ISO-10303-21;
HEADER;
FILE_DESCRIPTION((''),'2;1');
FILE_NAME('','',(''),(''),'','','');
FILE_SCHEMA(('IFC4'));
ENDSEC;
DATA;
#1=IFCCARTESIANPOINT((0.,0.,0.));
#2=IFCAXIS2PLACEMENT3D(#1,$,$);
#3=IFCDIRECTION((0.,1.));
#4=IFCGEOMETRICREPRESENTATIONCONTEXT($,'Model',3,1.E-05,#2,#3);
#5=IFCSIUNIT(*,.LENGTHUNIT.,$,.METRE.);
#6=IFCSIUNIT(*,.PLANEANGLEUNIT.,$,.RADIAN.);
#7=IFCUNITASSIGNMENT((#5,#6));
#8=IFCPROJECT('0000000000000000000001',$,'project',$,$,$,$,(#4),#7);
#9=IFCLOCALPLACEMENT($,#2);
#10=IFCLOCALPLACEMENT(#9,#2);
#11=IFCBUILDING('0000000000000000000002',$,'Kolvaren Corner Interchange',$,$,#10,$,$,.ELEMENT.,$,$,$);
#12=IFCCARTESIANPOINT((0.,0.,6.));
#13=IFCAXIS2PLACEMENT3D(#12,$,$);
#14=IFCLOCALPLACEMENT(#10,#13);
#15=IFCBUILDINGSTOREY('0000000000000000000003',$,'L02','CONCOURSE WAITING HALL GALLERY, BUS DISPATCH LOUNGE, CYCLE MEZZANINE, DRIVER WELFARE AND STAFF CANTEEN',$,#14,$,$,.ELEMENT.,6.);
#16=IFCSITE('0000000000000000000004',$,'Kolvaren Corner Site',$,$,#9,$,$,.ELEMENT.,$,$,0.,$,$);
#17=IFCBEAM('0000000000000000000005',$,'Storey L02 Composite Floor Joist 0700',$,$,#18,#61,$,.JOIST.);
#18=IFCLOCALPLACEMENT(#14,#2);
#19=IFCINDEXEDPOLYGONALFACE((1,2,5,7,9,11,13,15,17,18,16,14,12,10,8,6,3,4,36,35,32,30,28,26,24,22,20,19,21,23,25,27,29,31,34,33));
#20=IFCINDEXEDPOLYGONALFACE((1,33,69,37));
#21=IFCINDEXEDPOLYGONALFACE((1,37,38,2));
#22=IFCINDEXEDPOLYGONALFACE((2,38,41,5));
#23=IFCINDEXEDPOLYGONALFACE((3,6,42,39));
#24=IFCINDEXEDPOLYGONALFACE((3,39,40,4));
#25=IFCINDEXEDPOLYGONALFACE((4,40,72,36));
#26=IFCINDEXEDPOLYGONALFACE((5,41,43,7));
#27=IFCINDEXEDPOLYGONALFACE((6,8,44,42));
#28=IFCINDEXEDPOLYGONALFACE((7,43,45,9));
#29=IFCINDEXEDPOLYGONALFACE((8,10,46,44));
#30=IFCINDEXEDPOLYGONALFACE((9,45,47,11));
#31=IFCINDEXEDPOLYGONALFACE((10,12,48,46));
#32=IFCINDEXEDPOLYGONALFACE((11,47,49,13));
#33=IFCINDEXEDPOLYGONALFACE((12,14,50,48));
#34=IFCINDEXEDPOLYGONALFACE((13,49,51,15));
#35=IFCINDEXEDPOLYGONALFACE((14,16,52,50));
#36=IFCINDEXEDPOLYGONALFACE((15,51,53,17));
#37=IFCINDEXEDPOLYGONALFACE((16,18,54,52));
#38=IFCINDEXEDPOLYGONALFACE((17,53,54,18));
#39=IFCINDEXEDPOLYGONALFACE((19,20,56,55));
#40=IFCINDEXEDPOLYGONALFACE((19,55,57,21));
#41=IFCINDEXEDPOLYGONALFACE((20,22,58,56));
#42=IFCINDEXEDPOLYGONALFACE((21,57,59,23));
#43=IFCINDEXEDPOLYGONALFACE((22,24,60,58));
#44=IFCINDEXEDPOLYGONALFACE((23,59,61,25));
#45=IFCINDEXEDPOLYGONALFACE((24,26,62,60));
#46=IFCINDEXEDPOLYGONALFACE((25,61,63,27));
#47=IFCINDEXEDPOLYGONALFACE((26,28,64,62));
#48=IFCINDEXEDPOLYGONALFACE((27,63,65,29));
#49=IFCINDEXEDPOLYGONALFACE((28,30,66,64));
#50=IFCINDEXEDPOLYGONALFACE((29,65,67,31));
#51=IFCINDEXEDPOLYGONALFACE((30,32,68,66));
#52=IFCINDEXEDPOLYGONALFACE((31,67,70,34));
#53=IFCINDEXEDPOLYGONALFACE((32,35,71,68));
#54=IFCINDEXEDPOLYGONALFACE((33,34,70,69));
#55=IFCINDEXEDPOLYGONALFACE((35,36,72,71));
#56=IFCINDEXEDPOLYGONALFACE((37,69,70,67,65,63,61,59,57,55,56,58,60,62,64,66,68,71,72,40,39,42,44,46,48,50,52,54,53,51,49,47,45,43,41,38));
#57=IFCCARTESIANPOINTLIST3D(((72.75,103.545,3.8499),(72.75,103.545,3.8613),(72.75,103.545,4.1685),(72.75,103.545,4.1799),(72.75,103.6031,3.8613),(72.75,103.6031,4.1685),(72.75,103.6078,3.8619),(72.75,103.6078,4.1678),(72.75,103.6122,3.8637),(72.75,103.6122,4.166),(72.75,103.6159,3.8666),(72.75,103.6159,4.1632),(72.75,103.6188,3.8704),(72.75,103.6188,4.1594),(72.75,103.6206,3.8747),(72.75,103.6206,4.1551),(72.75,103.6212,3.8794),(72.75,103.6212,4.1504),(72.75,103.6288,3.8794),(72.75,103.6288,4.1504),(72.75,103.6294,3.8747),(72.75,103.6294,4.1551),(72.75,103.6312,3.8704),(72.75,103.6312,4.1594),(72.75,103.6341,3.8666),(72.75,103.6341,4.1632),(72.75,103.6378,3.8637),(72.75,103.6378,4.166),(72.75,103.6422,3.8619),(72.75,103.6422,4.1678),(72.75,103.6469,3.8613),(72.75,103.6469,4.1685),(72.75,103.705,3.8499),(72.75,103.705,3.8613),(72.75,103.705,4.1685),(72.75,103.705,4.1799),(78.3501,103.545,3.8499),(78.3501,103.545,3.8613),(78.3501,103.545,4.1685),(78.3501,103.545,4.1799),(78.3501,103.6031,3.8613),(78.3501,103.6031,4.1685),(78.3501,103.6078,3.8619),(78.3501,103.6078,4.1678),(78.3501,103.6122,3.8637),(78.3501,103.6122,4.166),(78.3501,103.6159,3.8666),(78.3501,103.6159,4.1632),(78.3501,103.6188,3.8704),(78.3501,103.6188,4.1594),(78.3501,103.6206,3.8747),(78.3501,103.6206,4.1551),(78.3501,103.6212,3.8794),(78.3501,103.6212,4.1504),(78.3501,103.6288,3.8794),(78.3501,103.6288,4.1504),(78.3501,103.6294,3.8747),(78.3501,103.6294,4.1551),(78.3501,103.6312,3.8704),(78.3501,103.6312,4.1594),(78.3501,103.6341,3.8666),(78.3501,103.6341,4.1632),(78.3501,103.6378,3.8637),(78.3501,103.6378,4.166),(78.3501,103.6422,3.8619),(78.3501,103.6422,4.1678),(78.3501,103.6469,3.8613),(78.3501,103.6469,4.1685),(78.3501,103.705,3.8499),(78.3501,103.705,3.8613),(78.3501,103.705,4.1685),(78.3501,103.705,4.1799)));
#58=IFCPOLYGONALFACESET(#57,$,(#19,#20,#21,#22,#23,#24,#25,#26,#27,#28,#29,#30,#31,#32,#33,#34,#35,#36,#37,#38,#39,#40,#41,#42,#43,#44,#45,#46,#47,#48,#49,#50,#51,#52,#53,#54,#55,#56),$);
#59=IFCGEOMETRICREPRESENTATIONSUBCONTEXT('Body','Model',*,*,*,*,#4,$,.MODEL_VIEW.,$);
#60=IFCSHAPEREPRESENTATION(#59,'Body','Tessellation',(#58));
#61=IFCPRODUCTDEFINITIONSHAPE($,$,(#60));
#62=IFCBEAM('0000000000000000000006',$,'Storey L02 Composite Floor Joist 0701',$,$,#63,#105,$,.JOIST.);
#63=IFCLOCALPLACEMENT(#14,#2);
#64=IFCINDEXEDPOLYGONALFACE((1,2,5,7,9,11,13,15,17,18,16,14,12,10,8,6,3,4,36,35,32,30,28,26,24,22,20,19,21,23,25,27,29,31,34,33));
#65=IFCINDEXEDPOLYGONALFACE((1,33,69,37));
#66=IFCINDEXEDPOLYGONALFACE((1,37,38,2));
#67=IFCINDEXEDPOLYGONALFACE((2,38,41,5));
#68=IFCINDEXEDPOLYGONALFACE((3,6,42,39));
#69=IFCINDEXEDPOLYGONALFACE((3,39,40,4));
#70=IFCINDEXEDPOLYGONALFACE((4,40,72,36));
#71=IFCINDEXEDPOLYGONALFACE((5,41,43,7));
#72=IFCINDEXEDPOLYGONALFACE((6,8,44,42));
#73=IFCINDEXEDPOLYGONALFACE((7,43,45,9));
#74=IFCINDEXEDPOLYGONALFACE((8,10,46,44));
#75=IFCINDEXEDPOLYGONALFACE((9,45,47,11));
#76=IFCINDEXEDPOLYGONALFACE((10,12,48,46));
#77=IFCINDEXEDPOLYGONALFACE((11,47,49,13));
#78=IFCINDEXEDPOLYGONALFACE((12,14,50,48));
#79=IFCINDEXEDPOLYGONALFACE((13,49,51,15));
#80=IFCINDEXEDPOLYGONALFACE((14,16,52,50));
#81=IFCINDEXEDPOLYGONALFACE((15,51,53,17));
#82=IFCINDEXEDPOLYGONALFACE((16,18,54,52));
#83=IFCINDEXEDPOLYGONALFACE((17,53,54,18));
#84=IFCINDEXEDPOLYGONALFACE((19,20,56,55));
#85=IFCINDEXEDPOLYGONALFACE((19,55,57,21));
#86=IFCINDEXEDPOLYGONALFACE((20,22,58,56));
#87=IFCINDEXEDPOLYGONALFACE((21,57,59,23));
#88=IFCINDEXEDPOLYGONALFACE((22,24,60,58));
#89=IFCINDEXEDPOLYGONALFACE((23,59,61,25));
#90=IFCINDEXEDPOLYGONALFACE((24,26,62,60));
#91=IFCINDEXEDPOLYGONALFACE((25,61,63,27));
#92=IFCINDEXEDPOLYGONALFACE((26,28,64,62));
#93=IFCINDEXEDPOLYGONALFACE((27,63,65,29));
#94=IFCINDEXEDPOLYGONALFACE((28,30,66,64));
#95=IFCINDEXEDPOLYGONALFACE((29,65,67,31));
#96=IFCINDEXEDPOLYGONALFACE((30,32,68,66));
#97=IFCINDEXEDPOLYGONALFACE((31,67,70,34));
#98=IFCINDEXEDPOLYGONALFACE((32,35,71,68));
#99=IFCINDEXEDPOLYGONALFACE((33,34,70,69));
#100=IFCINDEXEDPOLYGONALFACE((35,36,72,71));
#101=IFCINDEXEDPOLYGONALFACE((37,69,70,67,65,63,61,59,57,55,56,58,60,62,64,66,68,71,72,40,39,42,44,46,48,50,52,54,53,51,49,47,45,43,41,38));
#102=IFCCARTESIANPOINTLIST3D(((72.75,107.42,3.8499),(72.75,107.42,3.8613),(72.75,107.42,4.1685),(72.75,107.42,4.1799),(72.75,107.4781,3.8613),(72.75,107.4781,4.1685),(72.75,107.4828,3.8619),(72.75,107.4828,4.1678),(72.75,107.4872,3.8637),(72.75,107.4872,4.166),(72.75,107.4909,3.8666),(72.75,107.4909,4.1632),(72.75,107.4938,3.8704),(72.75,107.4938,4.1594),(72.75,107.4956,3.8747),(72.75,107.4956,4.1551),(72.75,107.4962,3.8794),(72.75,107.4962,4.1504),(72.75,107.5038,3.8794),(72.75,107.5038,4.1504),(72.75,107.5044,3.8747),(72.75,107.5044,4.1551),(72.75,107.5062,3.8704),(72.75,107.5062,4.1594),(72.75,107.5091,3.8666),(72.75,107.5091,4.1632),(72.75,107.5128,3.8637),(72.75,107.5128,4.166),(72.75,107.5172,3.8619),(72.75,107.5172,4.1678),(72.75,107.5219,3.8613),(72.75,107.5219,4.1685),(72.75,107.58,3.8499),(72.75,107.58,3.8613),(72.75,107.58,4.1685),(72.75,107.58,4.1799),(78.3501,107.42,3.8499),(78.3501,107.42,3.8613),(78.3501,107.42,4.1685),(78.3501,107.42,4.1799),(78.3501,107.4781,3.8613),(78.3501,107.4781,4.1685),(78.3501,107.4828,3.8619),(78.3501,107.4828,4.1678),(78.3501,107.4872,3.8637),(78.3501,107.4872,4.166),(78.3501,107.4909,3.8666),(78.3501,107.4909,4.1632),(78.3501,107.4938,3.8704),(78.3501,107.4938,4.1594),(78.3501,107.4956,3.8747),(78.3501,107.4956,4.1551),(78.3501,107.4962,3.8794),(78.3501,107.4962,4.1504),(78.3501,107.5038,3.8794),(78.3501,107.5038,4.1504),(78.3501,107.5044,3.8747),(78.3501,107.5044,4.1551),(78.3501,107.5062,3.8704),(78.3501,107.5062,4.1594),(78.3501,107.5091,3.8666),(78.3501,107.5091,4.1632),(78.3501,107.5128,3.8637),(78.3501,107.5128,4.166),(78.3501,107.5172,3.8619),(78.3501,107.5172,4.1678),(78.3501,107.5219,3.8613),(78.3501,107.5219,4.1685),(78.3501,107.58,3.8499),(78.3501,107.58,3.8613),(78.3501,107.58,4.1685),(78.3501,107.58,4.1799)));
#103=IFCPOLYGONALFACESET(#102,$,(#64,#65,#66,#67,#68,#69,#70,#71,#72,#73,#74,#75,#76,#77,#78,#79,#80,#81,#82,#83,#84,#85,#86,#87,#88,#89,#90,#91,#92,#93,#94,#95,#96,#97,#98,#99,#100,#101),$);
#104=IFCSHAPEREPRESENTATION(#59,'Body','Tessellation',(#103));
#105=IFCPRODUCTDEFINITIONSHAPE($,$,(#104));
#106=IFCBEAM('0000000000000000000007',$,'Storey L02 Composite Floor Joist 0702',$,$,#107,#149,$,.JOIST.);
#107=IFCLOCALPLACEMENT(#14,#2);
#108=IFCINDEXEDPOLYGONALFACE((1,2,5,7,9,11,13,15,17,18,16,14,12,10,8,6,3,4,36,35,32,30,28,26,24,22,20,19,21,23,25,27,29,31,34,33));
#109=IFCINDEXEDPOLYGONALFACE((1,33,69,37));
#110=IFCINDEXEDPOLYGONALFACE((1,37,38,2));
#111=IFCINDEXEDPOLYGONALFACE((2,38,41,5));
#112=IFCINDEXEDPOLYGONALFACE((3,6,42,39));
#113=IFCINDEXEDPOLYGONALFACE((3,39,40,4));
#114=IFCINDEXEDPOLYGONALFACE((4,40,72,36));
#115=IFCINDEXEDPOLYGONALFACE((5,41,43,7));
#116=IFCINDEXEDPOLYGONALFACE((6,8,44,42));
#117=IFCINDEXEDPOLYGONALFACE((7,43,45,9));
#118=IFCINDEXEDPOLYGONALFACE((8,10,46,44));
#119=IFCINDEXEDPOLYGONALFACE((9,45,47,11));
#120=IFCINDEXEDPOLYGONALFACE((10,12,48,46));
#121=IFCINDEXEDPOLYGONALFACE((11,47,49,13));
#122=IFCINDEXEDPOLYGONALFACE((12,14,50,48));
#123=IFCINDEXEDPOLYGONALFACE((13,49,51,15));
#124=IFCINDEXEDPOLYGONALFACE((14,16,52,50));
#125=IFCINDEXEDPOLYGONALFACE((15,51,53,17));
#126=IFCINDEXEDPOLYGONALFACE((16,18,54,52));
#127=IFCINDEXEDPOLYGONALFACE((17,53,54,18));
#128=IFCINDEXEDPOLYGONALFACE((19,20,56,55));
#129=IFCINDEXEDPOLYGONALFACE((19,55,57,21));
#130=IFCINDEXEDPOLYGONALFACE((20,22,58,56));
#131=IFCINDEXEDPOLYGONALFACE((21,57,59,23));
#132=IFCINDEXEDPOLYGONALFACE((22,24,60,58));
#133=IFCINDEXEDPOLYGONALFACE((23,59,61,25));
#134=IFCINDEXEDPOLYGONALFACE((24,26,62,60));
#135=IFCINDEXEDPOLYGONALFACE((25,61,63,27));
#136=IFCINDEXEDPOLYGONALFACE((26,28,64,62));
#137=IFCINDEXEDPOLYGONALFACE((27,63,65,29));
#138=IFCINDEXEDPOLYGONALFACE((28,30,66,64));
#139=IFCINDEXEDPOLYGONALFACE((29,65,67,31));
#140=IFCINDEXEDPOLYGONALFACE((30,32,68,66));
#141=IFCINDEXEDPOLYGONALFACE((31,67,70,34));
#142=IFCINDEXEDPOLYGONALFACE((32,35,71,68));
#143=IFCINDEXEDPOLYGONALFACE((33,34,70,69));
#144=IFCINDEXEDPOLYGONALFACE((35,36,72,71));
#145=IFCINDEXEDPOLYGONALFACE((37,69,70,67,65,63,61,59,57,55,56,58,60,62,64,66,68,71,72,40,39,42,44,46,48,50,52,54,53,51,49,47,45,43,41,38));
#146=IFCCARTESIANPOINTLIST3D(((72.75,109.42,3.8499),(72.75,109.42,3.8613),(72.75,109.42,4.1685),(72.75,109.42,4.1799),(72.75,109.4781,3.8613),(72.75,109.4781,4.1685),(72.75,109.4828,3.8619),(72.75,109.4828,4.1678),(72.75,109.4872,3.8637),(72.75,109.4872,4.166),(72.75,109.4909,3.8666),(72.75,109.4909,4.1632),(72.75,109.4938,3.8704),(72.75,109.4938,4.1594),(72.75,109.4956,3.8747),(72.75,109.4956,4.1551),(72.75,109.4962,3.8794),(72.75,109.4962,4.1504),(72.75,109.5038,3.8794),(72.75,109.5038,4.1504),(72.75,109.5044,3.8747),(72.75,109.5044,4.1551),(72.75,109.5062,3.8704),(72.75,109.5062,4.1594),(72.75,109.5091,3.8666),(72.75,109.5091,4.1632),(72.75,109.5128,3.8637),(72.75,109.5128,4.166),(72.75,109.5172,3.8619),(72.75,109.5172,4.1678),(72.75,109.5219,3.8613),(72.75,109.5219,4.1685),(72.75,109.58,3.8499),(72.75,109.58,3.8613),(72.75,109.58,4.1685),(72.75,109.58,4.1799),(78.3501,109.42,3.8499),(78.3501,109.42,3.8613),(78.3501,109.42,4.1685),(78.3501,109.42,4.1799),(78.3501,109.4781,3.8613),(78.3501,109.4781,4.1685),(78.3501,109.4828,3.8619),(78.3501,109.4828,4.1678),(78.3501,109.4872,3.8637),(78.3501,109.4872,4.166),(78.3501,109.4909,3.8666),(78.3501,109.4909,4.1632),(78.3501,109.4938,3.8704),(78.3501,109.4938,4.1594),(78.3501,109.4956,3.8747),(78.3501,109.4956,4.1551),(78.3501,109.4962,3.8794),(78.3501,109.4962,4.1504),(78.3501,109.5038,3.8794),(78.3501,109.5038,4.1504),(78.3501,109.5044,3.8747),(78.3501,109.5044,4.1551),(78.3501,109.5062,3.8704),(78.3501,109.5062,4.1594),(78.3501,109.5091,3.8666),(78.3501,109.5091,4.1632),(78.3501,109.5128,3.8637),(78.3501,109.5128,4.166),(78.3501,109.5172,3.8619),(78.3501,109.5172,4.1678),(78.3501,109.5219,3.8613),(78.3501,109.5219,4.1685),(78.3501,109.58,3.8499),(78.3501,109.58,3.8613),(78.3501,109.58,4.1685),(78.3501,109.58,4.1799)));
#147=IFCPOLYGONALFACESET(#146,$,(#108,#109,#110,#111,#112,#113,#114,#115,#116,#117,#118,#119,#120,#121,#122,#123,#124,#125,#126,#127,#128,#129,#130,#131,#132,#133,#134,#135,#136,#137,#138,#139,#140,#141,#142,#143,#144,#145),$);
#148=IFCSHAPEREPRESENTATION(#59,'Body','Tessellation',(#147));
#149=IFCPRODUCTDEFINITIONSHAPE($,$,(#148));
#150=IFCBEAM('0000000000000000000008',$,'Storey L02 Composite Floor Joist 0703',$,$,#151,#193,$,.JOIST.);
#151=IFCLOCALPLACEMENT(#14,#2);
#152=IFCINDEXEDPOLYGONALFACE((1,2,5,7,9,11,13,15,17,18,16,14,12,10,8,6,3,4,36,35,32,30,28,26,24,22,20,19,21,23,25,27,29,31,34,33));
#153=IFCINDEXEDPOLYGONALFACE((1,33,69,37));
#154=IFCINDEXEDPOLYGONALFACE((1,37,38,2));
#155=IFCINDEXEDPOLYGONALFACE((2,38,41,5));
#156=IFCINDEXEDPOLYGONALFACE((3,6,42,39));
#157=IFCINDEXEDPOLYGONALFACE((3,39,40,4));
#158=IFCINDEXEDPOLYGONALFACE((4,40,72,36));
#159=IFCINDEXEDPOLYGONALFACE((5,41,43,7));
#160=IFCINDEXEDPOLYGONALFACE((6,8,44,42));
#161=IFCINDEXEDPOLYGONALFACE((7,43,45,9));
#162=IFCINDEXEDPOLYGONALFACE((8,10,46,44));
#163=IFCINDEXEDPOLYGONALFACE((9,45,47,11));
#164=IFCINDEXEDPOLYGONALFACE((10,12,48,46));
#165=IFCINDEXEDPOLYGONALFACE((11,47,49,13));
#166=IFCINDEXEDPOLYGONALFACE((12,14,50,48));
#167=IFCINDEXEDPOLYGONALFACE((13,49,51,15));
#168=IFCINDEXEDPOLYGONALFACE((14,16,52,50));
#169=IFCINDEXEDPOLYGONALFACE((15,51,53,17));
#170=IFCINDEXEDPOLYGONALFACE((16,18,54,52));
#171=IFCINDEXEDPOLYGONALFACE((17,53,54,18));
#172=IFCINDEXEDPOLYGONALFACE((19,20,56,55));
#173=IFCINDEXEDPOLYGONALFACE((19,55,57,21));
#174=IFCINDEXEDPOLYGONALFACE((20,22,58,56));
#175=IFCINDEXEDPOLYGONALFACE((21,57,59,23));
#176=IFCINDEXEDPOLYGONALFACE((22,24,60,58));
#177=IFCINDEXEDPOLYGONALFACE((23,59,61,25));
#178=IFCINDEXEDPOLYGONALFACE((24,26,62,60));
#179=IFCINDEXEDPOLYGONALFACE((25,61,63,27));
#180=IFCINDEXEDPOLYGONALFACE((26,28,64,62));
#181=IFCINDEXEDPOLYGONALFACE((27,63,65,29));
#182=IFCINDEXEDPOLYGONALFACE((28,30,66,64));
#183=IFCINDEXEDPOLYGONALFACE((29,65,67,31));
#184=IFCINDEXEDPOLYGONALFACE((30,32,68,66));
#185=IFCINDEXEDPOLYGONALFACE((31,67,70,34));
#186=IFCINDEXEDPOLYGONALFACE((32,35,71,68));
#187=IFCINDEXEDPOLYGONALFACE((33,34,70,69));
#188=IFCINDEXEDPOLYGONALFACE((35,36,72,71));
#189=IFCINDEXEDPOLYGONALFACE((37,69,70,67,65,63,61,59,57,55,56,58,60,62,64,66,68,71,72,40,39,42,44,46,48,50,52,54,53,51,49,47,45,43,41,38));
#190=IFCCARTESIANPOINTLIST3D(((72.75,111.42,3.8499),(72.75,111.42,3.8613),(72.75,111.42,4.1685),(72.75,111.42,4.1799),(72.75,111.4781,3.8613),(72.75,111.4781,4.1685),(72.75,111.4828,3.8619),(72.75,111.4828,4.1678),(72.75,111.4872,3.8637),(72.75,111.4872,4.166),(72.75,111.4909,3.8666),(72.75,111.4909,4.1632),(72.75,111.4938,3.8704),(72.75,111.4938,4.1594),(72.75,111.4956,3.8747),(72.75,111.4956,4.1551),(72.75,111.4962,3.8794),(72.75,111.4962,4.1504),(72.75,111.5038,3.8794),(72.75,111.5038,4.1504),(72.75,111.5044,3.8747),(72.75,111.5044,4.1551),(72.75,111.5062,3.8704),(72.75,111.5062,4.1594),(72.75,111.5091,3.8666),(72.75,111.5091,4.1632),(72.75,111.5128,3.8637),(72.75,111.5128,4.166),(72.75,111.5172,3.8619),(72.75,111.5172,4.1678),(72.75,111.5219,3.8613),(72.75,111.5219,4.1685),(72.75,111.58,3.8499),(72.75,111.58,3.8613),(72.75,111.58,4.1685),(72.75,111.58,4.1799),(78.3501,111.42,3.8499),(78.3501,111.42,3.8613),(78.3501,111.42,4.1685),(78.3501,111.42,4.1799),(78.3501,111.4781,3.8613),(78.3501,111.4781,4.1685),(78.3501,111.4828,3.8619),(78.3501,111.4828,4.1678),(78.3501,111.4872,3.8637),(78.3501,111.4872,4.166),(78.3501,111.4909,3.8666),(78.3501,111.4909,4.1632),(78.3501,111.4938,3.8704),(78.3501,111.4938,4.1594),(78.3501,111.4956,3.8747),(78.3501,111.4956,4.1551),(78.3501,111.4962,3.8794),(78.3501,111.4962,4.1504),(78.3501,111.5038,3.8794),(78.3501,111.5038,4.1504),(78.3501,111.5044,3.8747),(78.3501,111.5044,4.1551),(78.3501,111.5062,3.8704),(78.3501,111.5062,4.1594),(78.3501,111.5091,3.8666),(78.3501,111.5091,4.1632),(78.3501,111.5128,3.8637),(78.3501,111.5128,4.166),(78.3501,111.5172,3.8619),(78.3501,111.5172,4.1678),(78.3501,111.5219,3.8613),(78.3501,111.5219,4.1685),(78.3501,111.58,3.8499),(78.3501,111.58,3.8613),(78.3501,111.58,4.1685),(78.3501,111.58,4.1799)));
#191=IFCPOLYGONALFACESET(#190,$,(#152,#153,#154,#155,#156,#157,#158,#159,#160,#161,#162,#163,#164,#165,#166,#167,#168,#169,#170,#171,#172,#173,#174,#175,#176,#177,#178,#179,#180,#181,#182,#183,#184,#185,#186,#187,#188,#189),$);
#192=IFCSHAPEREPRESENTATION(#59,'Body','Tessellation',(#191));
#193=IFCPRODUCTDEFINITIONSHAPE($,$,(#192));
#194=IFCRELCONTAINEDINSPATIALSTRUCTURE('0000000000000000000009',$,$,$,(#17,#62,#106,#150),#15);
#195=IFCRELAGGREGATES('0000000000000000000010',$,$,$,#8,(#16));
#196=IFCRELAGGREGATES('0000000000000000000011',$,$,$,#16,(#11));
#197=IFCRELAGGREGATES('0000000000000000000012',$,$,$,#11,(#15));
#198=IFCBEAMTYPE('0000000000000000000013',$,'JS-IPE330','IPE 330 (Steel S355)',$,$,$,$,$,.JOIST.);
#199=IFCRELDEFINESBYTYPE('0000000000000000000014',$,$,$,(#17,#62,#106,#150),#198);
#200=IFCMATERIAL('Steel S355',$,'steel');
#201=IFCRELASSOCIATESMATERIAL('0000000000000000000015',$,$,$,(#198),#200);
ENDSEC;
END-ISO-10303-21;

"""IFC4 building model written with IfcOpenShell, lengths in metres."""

from ifc_helpers import new_model, si_unit, direction, frame, origin, origin_2d, place, context, subcontext, project, spatial, i_section, extrude, material, material_profile, profile_set, type_object, element, save


model = new_model("IFC4")

# Units and contexts
model_context = context("Model", 3, precision=1e-05, world=origin(), true_north=direction((0.0, 1.0)))
body_context = subcontext(model_context, "Body", "Model", "MODEL_VIEW")
ifc_project = project(units=[si_unit("LENGTHUNIT", "METRE"), si_unit("PLANEANGLEUNIT", "RADIAN")], contexts=[model_context])

# Site, building, storey
site_placement = place(None, origin())
site = spatial("IfcSite", under=ifc_project, at=site_placement, Name="Kolvaren Corner Site", CompositionType="ELEMENT", RefElevation=0.0)
building_placement = place(site_placement, origin())
building = spatial("IfcBuilding", under=site, at=building_placement, Name="Kolvaren Corner Interchange", CompositionType="ELEMENT")
storey_placement = place(building_placement, frame((0.0, 0.0, 6.0)))
storey = spatial("IfcBuildingStorey", under=building, at=storey_placement, Name="L02", Description="CONCOURSE WAITING HALL GALLERY, BUS DISPATCH LOUNGE, CYCLE MEZZANINE, DRIVER WELFARE AND STAFF CANTEEN", CompositionType="ELEMENT", Elevation=6.0)

# Beams
ifc_material_1 = material(Name="Steel S355", Category="steel")
ifc_material_profile_1 = material_profile(ifc_material_1, i_section(OverallWidth=0.1599, OverallDepth=0.3301, WebThickness=0.0076, FlangeThickness=0.0115, FilletRadius=0.0181, at=origin_2d()), Name="IPE 330")
ifc_profile_set_1 = profile_set([ifc_material_profile_1], Name="Steel S355")
beam_type_1 = type_object("IfcBeamType", Name="JS-IPE330", Description="IPE 330 (Steel S355)", PredefinedType="JOIST", material=ifc_profile_set_1)
for number, where, z_axis, x_axis, name in (
    (1, (72.75, 103.625, 4.0149), (1.0, 0.0, 0.0), (0.0, 1.0, 0.0), "Storey L02 Composite Floor Joist 0700"),
    (2, (72.75, 107.5, 4.0149), (1.0, 0.0, 0.0), (0.0, 1.0, 0.0), "Storey L02 Composite Floor Joist 0701"),
    (3, (72.75, 109.5, 4.0149), (1.0, 0.0, 0.0), (0.0, 1.0, 0.0), "Storey L02 Composite Floor Joist 0702"),
    (4, (72.75, 111.5, 4.0149), (1.0, 0.0, 0.0), (0.0, 1.0, 0.0), "Storey L02 Composite Floor Joist 0703"),
):
    element("IfcBeam", number, at=place(storey_placement, frame(where, z_axis=z_axis, x_axis=x_axis)), inside=storey, type_object=beam_type_1, Name=name, PredefinedType="JOIST", context=body_context, shape_type="SweptSolid", body=[
        extrude(i_section(OverallWidth=0.1599, OverallDepth=0.3301, WebThickness=0.0076, FlangeThickness=0.0115, FilletRadius=0.0181, at=origin_2d()), origin(), (0.0, 0.0, 1.0), 5.6001),
    ])

save(model, "model.ifc")
